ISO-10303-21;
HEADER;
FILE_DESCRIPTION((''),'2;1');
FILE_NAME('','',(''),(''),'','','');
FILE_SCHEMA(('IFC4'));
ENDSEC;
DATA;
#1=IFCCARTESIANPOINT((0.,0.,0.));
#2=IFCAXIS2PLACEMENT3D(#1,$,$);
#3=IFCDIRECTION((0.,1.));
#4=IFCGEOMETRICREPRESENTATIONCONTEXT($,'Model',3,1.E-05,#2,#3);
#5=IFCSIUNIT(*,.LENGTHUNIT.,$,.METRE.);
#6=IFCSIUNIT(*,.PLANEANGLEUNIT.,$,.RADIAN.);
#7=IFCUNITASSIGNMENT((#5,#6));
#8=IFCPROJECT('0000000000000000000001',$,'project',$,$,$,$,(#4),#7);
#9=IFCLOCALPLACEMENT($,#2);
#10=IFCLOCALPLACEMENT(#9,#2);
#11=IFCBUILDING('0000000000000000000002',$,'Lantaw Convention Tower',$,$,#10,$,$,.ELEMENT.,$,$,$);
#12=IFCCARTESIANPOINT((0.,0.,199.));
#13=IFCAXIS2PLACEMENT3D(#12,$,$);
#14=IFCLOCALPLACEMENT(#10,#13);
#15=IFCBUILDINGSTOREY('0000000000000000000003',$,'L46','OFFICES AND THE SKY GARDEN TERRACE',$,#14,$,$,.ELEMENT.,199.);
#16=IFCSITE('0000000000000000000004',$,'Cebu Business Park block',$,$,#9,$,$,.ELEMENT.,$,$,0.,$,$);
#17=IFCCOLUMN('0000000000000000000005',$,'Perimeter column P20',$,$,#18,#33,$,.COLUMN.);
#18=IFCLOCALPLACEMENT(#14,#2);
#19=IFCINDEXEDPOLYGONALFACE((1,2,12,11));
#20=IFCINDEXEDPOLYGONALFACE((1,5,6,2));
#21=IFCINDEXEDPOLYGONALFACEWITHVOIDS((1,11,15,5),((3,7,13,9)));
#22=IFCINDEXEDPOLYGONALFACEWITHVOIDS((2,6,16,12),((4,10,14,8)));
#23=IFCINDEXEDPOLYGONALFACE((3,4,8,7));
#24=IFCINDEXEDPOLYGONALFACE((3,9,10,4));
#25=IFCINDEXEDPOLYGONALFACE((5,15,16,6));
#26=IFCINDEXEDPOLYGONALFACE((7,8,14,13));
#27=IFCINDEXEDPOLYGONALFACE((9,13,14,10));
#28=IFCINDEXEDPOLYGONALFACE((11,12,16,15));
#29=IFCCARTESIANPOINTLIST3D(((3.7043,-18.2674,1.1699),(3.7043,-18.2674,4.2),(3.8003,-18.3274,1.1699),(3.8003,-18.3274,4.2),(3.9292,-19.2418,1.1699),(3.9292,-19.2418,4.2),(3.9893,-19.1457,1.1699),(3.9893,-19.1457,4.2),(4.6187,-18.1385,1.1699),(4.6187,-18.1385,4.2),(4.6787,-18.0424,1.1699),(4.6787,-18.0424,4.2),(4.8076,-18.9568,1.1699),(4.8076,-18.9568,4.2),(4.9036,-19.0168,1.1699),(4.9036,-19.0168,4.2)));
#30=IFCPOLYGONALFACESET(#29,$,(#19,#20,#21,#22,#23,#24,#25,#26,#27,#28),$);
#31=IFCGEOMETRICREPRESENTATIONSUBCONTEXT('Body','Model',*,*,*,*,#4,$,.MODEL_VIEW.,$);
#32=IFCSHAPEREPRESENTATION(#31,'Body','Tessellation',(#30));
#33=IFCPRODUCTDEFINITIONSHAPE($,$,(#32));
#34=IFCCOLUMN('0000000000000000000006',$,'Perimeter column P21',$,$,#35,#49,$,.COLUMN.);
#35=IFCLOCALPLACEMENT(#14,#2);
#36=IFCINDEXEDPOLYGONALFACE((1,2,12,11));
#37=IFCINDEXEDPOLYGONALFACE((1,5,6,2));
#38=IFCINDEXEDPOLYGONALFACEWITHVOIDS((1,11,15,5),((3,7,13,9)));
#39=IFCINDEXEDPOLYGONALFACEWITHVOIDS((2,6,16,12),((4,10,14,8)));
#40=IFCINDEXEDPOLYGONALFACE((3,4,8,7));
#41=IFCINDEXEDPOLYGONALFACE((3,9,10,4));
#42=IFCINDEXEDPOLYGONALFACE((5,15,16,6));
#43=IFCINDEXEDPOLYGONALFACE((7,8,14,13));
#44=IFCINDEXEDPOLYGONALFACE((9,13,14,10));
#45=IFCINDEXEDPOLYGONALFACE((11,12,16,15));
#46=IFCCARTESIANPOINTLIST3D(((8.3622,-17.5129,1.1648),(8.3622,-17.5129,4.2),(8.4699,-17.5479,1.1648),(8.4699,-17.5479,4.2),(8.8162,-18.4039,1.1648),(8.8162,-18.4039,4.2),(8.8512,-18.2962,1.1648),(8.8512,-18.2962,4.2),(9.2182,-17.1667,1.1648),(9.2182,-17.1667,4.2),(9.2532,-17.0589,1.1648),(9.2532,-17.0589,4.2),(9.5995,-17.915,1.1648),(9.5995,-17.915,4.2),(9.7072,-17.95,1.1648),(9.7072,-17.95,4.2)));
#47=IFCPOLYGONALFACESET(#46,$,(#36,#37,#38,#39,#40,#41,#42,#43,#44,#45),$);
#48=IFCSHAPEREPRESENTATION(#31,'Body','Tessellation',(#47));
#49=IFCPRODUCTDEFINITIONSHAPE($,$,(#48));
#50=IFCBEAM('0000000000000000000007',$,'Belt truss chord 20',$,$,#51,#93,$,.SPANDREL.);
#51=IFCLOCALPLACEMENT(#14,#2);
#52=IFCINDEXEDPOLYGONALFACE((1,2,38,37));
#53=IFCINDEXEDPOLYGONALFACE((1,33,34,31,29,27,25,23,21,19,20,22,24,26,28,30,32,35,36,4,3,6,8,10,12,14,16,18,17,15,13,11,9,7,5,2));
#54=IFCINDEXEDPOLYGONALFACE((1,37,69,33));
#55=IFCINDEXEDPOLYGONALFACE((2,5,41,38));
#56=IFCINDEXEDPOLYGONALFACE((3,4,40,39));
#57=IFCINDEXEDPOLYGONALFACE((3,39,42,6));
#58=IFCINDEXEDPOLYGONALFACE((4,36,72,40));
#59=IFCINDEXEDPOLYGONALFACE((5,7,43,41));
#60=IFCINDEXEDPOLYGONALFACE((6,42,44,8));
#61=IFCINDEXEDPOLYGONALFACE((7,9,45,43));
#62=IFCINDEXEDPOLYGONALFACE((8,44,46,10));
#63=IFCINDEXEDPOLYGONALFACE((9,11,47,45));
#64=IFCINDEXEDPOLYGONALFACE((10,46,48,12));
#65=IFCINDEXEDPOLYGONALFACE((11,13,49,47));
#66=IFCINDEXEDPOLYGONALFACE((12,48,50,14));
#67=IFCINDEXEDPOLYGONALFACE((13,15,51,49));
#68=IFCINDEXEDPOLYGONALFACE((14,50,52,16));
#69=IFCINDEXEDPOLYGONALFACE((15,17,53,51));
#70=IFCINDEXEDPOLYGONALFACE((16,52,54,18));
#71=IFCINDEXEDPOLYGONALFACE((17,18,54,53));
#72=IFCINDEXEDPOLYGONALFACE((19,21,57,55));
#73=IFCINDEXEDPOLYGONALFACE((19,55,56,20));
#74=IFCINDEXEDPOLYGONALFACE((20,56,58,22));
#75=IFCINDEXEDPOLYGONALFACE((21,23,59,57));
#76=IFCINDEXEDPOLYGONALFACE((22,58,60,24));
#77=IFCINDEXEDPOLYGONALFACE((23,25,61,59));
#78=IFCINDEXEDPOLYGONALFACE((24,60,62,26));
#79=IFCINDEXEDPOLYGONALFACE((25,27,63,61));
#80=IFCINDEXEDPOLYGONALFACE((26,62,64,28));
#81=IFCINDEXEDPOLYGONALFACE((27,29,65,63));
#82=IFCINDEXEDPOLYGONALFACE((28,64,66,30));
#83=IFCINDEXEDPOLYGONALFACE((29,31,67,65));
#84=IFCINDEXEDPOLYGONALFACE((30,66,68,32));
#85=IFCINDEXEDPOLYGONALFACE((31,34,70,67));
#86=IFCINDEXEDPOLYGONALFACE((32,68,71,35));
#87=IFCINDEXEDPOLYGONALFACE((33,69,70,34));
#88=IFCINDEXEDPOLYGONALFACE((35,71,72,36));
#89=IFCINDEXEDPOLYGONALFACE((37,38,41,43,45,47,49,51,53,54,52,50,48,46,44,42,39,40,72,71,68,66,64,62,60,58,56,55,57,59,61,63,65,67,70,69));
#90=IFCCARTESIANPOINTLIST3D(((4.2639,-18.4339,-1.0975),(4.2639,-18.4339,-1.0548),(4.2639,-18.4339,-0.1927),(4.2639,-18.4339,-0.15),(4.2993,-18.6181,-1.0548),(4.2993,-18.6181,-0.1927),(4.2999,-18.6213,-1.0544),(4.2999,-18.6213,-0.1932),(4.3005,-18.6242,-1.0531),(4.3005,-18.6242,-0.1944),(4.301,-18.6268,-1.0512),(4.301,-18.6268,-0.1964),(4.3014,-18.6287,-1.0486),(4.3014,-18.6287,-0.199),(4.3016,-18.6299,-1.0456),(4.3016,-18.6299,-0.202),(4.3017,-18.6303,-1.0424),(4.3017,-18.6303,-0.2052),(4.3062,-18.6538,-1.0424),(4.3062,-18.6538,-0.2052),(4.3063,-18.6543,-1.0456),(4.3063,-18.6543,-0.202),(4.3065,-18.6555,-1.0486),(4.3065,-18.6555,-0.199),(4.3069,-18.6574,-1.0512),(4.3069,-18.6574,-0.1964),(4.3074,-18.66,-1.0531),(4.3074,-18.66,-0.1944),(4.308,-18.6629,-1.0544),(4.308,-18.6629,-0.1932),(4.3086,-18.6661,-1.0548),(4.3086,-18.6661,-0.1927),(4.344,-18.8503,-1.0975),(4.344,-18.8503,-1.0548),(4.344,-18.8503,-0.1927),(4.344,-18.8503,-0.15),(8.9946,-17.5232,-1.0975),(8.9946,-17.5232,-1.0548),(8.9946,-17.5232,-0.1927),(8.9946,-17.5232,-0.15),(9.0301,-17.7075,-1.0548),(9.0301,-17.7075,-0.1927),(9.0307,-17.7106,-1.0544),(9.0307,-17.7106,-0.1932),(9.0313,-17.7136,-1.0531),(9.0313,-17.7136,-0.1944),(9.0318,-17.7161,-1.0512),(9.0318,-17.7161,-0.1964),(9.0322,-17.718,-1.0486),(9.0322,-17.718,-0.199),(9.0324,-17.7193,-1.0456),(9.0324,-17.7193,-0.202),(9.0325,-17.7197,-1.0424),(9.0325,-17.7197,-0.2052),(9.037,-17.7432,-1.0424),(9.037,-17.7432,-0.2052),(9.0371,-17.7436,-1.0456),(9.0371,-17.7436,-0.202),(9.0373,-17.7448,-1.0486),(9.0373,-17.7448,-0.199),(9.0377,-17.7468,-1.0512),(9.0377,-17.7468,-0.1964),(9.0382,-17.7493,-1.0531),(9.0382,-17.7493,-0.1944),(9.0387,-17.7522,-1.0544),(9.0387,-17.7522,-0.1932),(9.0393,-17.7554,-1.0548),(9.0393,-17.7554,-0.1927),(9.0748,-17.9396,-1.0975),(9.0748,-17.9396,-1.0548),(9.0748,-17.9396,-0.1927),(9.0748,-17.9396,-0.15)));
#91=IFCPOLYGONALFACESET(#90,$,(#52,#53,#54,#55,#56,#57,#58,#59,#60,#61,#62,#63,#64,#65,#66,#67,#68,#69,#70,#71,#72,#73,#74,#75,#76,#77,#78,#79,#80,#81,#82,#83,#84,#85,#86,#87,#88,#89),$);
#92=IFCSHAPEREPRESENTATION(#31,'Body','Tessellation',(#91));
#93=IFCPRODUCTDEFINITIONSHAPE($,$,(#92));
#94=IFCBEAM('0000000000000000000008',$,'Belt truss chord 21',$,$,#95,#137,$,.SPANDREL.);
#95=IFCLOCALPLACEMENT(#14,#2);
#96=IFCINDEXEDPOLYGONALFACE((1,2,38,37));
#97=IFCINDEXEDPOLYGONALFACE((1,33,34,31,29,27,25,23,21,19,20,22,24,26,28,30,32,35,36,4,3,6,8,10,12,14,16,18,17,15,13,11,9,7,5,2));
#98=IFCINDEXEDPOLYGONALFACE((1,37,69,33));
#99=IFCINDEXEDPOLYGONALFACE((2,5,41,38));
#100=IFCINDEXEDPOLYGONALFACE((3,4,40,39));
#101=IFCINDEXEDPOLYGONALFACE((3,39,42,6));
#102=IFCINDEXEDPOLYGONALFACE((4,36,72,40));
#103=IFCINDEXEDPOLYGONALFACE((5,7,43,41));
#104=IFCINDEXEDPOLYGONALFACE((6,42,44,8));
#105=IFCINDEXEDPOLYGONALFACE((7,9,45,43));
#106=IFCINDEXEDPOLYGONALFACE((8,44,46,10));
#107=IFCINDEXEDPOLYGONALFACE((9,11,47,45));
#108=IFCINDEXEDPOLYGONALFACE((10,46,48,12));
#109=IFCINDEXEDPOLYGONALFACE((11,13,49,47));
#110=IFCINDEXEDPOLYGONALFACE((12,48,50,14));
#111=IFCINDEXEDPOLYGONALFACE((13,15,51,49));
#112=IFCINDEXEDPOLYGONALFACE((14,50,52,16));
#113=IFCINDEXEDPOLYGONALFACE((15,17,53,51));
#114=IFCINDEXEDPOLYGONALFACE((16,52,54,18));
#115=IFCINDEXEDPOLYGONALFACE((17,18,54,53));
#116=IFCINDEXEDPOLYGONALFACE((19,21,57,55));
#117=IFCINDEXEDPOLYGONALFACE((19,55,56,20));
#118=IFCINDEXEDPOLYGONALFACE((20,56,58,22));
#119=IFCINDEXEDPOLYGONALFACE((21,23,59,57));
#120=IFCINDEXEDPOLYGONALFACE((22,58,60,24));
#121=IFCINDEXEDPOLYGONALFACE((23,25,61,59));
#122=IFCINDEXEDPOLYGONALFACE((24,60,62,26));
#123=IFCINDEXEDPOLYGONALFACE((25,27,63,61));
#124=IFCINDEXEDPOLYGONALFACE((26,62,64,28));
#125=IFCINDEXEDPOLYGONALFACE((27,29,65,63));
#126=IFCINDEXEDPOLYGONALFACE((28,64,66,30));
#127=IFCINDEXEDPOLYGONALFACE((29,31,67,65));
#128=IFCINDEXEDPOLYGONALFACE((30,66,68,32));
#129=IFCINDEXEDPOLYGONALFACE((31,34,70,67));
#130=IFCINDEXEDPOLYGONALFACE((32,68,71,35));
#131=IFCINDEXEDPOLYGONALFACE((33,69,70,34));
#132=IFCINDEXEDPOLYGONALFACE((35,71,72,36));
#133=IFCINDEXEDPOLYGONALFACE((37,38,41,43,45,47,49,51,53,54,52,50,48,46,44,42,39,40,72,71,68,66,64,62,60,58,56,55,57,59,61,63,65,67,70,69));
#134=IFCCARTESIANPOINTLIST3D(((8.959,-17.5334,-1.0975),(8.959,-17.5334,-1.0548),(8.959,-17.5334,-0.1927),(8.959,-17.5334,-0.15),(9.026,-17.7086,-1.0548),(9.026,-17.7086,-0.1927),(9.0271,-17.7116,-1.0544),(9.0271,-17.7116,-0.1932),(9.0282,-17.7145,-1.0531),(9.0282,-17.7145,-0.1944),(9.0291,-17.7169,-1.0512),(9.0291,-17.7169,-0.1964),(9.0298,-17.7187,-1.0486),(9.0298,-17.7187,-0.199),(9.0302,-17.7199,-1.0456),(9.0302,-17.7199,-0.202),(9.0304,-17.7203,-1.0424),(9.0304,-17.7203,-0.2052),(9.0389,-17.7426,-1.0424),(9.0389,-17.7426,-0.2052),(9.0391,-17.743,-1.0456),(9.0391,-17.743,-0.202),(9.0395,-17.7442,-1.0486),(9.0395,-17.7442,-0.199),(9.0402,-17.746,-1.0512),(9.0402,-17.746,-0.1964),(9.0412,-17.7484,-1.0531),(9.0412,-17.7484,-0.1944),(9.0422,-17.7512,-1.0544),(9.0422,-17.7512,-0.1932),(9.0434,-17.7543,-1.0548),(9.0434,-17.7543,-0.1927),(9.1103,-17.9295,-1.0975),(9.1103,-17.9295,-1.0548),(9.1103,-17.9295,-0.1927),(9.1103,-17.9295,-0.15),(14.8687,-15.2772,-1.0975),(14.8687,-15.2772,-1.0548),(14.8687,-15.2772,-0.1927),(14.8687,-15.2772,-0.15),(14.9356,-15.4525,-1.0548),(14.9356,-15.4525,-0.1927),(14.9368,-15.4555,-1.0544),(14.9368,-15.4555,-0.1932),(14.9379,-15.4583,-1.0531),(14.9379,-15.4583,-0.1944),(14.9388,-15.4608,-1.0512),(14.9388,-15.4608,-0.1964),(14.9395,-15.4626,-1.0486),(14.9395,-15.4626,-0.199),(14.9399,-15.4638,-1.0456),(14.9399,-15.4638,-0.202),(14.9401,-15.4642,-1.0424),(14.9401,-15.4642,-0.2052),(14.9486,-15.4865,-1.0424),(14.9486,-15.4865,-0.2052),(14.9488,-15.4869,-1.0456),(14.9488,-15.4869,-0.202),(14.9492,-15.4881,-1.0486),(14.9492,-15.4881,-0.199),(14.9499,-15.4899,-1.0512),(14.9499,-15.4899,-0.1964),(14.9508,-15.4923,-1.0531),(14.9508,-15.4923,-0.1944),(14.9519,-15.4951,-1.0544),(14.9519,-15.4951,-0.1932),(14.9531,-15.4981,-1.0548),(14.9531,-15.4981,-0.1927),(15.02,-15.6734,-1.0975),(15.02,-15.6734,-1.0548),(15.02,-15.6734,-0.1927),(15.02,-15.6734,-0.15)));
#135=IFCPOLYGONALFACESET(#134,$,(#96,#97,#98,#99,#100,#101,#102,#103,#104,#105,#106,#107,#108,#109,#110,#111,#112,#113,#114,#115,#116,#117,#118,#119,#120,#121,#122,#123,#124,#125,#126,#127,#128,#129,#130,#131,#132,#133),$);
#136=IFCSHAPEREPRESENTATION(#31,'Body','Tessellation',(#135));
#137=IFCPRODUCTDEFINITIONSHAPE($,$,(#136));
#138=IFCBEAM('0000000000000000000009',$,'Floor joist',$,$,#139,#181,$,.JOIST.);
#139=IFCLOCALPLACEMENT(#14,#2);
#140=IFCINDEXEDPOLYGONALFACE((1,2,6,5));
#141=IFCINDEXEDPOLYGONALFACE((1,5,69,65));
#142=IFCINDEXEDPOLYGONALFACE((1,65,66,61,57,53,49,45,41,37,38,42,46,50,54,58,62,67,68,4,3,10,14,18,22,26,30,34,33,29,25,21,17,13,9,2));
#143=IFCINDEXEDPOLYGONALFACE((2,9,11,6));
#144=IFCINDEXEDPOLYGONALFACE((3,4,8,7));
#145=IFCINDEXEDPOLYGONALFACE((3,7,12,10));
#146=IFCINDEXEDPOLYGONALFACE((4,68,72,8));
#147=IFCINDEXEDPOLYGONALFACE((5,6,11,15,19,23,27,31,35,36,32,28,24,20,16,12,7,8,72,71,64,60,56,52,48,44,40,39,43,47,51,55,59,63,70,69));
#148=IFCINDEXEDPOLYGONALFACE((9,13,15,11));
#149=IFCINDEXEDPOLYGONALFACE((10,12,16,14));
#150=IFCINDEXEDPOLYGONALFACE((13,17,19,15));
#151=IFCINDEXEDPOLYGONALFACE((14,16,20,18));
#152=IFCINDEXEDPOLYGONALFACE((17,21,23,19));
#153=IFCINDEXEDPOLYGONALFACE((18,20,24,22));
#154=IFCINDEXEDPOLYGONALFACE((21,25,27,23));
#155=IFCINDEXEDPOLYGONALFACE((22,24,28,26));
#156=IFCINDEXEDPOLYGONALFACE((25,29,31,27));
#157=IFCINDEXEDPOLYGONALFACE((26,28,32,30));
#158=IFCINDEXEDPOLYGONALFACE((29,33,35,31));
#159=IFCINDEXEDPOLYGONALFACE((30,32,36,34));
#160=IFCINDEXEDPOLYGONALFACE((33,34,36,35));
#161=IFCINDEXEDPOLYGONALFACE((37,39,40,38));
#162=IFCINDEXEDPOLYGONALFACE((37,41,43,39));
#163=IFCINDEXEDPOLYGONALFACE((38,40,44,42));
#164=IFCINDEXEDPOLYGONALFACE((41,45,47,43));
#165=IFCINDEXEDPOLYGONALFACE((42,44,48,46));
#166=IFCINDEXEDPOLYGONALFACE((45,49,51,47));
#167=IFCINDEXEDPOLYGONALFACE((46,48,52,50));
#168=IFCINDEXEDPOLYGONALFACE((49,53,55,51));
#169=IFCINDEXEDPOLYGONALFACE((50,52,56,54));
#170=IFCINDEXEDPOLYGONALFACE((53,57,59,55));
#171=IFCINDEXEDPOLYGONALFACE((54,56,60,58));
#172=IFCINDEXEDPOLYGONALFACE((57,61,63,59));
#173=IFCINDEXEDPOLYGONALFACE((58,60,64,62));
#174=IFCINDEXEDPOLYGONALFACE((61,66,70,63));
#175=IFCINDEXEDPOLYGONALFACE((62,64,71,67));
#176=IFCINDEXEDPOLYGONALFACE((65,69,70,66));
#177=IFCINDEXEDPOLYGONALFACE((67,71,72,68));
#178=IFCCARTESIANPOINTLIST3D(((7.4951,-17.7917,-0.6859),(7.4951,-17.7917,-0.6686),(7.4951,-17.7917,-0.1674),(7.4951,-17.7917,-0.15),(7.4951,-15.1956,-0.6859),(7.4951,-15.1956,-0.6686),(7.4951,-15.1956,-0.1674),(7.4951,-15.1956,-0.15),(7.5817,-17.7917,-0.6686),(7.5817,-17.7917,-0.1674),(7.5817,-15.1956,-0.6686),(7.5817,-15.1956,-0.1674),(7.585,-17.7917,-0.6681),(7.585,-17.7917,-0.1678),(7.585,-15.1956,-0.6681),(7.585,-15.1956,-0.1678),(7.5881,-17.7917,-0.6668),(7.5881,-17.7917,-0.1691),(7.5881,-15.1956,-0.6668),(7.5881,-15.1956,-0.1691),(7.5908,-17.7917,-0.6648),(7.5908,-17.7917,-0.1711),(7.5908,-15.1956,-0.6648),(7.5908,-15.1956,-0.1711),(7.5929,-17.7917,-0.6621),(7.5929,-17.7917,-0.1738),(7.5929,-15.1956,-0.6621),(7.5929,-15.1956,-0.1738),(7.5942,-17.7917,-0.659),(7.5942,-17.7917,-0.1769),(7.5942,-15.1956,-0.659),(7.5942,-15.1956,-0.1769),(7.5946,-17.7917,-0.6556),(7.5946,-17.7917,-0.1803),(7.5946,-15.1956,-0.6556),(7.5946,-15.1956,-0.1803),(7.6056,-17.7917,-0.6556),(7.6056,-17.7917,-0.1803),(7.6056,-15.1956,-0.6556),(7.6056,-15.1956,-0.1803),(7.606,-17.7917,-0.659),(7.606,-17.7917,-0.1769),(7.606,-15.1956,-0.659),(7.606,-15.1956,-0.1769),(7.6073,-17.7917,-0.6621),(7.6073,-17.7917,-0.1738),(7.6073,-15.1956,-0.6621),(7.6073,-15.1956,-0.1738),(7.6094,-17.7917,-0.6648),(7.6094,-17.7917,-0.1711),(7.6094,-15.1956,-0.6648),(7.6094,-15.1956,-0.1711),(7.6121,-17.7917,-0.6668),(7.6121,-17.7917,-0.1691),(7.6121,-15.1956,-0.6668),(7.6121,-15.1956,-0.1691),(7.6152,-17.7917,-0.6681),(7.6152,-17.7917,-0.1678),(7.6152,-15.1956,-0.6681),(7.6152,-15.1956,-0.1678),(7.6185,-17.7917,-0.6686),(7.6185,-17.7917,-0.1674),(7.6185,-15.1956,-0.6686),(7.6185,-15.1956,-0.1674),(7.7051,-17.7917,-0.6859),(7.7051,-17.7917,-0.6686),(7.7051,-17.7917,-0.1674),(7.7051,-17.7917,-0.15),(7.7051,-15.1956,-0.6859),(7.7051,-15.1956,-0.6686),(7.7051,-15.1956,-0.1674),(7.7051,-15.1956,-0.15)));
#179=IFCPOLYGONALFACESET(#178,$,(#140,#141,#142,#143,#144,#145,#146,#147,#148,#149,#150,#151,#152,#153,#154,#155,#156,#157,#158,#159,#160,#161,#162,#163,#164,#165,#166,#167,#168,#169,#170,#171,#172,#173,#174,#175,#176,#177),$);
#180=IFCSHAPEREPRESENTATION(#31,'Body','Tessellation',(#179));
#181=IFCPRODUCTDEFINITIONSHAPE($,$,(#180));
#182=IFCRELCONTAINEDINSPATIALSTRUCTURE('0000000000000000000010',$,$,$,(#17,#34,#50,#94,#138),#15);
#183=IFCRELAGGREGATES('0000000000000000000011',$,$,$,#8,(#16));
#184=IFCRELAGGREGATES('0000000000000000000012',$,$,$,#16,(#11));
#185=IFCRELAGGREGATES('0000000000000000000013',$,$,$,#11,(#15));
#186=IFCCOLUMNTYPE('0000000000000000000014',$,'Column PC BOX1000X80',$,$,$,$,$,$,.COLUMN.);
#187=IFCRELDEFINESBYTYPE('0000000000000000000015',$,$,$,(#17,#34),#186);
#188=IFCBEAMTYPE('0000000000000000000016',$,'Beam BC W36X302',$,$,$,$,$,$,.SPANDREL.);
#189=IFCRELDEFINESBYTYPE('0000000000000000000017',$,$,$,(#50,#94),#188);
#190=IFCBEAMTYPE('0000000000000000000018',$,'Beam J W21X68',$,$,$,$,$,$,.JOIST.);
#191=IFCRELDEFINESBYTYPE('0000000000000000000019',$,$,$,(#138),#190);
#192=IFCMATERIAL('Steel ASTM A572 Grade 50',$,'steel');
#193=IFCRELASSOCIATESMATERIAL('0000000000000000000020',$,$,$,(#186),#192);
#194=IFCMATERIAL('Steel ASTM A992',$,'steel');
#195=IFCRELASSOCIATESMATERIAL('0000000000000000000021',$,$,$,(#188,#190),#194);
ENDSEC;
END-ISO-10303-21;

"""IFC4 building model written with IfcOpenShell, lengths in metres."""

from ifc_helpers import new_model, si_unit, direction, frame, origin, origin_2d, place, context, subcontext, project, spatial, rectangle, hollow_rectangle, i_section, extrude, material, material_profile, profile_set, type_object, element, save


model = new_model("IFC4")

# Units and contexts
model_context = context("Model", 3, precision=1e-05, world=origin(), true_north=direction((0.0, 1.0)))
body_context = subcontext(model_context, "Body", "Model", "MODEL_VIEW")
ifc_project = project(units=[si_unit("LENGTHUNIT", "METRE"), si_unit("PLANEANGLEUNIT", "RADIAN")], contexts=[model_context])

# Site, building, storey
site_placement = place(None, origin())
site = spatial("IfcSite", under=ifc_project, at=site_placement, Name="Cebu Business Park block", CompositionType="ELEMENT", RefElevation=0.0)
building_placement = place(site_placement, origin())
building = spatial("IfcBuilding", under=site, at=building_placement, Name="Lantaw Convention Tower", CompositionType="ELEMENT")
storey_placement = place(building_placement, frame((0.0, 0.0, 199.0)))
storey = spatial("IfcBuildingStorey", under=building, at=storey_placement, Name="L46", Description="OFFICES AND THE SKY GARDEN TERRACE", CompositionType="ELEMENT", Elevation=199.0)

# Columns
ifc_material_1 = material(Name="Steel ASTM A572 Grade 50", Category="steel")
ifc_material_profile_1 = material_profile(ifc_material_1, hollow_rectangle(XDim=1.0, YDim=1.0, WallThickness=0.0801, at=origin_2d()), Name="BOX1000X80")
ifc_material_2 = material(Name="Concrete C60/75", Category="concrete")
ifc_material_profile_2 = material_profile(ifc_material_2, rectangle(XDim=0.8401, YDim=0.8401, at=origin_2d()), Name="Concrete fill of BOX1000X80")
ifc_profile_set_1 = profile_set([ifc_material_profile_1, ifc_material_profile_2], Name="Steel ASTM A572 Grade 50")
column_type = type_object("IfcColumnType", Name="Column PC BOX1000X80", PredefinedType="COLUMN", material=ifc_profile_set_1)
column_1_placement = place(storey_placement, frame((4.304, -18.6421, 1.1699), z_axis=(0.0, 0.0, 1.0), x_axis=(0.97437, 0.224951, 0.0)))
element("IfcColumn", 1, at=column_1_placement, inside=storey, type_object=column_type, Name="Perimeter column P20", PredefinedType="COLUMN", context=body_context, shape_type="SweptSolid", body=[
    extrude(hollow_rectangle(XDim=1.0, YDim=1.0, WallThickness=0.0801, at=origin_2d()), origin(), (0.0, 0.0, 1.0), 3.03),
])
column_2_placement = place(storey_placement, frame((9.0347, -17.7314, 1.1648), z_axis=(0.0, 0.0, 1.0), x_axis=(0.891007, 0.45399, 0.0)))
element("IfcColumn", 2, at=column_2_placement, inside=storey, type_object=column_type, Name="Perimeter column P21", PredefinedType="COLUMN", context=body_context, shape_type="SweptSolid", body=[
    extrude(hollow_rectangle(XDim=1.0, YDim=1.0, WallThickness=0.0801, at=origin_2d()), origin(), (0.0, 0.0, 1.0), 3.0352),
])

# Beams
ifc_material_3 = material(Name="Steel ASTM A992", Category="steel")
ifc_material_profile_3 = material_profile(ifc_material_3, i_section(OverallWidth=0.4241, OverallDepth=0.9475, WebThickness=0.0239, FlangeThickness=0.0427, FilletRadius=0.0125, at=origin_2d()), Name="W36X302")
ifc_profile_set_2 = profile_set([ifc_material_profile_3], Name="Steel ASTM A992")
beam_type_1 = type_object("IfcBeamType", Name="Beam BC W36X302", PredefinedType="SPANDREL", material=ifc_profile_set_2)
beam_1_placement = place(storey_placement, frame((4.304, -18.6421, -0.6238), z_axis=(0.981972, 0.189026, 0.0), x_axis=(-0.189026, 0.981972, 0.0)))
element("IfcBeam", 3, at=beam_1_placement, inside=storey, type_object=beam_type_1, Name="Belt truss chord 20", PredefinedType="SPANDREL", context=body_context, shape_type="SweptSolid", body=[
    extrude(i_section(OverallWidth=0.4241, OverallDepth=0.9475, WebThickness=0.0239, FlangeThickness=0.0427, FilletRadius=0.0125, at=origin_2d()), origin(), (0.0, 0.0, 1.0), 4.8176),
])
beam_2_placement = place(storey_placement, frame((9.0347, -17.7314, -0.6238), z_axis=(0.934235, 0.356658, 0.0), x_axis=(-0.356658, 0.934235, 0.0)))
element("IfcBeam", 4, at=beam_2_placement, inside=storey, type_object=beam_type_1, Name="Belt truss chord 21", PredefinedType="SPANDREL", context=body_context, shape_type="SweptSolid", body=[
    extrude(i_section(OverallWidth=0.4241, OverallDepth=0.9475, WebThickness=0.0239, FlangeThickness=0.0427, FilletRadius=0.0125, at=origin_2d()), origin(), (0.0, 0.0, 1.0), 6.3257),
])
ifc_material_profile_4 = material_profile(ifc_material_3, i_section(OverallWidth=0.21, OverallDepth=0.5359, WebThickness=0.011, FlangeThickness=0.0173, FilletRadius=0.0129, at=origin_2d()), Name="W21X68")
ifc_profile_set_3 = profile_set([ifc_material_profile_4], Name="Steel ASTM A992")
beam_type_2 = type_object("IfcBeamType", Name="Beam J W21X68", PredefinedType="JOIST", material=ifc_profile_set_3)
beam_3_placement = place(storey_placement, frame((7.6001, -17.7917, -0.418), z_axis=(0.0, 1.0, 0.0), x_axis=(-1.0, 0.0, 0.0)))
element("IfcBeam", 5, at=beam_3_placement, inside=storey, type_object=beam_type_2, Name="Floor joist", PredefinedType="JOIST", context=body_context, shape_type="SweptSolid", body=[
    extrude(i_section(OverallWidth=0.21, OverallDepth=0.5359, WebThickness=0.011, FlangeThickness=0.0173, FilletRadius=0.0129, at=origin_2d()), origin(), (0.0, 0.0, 1.0), 2.5962),
])

save(model, "model.ifc")
